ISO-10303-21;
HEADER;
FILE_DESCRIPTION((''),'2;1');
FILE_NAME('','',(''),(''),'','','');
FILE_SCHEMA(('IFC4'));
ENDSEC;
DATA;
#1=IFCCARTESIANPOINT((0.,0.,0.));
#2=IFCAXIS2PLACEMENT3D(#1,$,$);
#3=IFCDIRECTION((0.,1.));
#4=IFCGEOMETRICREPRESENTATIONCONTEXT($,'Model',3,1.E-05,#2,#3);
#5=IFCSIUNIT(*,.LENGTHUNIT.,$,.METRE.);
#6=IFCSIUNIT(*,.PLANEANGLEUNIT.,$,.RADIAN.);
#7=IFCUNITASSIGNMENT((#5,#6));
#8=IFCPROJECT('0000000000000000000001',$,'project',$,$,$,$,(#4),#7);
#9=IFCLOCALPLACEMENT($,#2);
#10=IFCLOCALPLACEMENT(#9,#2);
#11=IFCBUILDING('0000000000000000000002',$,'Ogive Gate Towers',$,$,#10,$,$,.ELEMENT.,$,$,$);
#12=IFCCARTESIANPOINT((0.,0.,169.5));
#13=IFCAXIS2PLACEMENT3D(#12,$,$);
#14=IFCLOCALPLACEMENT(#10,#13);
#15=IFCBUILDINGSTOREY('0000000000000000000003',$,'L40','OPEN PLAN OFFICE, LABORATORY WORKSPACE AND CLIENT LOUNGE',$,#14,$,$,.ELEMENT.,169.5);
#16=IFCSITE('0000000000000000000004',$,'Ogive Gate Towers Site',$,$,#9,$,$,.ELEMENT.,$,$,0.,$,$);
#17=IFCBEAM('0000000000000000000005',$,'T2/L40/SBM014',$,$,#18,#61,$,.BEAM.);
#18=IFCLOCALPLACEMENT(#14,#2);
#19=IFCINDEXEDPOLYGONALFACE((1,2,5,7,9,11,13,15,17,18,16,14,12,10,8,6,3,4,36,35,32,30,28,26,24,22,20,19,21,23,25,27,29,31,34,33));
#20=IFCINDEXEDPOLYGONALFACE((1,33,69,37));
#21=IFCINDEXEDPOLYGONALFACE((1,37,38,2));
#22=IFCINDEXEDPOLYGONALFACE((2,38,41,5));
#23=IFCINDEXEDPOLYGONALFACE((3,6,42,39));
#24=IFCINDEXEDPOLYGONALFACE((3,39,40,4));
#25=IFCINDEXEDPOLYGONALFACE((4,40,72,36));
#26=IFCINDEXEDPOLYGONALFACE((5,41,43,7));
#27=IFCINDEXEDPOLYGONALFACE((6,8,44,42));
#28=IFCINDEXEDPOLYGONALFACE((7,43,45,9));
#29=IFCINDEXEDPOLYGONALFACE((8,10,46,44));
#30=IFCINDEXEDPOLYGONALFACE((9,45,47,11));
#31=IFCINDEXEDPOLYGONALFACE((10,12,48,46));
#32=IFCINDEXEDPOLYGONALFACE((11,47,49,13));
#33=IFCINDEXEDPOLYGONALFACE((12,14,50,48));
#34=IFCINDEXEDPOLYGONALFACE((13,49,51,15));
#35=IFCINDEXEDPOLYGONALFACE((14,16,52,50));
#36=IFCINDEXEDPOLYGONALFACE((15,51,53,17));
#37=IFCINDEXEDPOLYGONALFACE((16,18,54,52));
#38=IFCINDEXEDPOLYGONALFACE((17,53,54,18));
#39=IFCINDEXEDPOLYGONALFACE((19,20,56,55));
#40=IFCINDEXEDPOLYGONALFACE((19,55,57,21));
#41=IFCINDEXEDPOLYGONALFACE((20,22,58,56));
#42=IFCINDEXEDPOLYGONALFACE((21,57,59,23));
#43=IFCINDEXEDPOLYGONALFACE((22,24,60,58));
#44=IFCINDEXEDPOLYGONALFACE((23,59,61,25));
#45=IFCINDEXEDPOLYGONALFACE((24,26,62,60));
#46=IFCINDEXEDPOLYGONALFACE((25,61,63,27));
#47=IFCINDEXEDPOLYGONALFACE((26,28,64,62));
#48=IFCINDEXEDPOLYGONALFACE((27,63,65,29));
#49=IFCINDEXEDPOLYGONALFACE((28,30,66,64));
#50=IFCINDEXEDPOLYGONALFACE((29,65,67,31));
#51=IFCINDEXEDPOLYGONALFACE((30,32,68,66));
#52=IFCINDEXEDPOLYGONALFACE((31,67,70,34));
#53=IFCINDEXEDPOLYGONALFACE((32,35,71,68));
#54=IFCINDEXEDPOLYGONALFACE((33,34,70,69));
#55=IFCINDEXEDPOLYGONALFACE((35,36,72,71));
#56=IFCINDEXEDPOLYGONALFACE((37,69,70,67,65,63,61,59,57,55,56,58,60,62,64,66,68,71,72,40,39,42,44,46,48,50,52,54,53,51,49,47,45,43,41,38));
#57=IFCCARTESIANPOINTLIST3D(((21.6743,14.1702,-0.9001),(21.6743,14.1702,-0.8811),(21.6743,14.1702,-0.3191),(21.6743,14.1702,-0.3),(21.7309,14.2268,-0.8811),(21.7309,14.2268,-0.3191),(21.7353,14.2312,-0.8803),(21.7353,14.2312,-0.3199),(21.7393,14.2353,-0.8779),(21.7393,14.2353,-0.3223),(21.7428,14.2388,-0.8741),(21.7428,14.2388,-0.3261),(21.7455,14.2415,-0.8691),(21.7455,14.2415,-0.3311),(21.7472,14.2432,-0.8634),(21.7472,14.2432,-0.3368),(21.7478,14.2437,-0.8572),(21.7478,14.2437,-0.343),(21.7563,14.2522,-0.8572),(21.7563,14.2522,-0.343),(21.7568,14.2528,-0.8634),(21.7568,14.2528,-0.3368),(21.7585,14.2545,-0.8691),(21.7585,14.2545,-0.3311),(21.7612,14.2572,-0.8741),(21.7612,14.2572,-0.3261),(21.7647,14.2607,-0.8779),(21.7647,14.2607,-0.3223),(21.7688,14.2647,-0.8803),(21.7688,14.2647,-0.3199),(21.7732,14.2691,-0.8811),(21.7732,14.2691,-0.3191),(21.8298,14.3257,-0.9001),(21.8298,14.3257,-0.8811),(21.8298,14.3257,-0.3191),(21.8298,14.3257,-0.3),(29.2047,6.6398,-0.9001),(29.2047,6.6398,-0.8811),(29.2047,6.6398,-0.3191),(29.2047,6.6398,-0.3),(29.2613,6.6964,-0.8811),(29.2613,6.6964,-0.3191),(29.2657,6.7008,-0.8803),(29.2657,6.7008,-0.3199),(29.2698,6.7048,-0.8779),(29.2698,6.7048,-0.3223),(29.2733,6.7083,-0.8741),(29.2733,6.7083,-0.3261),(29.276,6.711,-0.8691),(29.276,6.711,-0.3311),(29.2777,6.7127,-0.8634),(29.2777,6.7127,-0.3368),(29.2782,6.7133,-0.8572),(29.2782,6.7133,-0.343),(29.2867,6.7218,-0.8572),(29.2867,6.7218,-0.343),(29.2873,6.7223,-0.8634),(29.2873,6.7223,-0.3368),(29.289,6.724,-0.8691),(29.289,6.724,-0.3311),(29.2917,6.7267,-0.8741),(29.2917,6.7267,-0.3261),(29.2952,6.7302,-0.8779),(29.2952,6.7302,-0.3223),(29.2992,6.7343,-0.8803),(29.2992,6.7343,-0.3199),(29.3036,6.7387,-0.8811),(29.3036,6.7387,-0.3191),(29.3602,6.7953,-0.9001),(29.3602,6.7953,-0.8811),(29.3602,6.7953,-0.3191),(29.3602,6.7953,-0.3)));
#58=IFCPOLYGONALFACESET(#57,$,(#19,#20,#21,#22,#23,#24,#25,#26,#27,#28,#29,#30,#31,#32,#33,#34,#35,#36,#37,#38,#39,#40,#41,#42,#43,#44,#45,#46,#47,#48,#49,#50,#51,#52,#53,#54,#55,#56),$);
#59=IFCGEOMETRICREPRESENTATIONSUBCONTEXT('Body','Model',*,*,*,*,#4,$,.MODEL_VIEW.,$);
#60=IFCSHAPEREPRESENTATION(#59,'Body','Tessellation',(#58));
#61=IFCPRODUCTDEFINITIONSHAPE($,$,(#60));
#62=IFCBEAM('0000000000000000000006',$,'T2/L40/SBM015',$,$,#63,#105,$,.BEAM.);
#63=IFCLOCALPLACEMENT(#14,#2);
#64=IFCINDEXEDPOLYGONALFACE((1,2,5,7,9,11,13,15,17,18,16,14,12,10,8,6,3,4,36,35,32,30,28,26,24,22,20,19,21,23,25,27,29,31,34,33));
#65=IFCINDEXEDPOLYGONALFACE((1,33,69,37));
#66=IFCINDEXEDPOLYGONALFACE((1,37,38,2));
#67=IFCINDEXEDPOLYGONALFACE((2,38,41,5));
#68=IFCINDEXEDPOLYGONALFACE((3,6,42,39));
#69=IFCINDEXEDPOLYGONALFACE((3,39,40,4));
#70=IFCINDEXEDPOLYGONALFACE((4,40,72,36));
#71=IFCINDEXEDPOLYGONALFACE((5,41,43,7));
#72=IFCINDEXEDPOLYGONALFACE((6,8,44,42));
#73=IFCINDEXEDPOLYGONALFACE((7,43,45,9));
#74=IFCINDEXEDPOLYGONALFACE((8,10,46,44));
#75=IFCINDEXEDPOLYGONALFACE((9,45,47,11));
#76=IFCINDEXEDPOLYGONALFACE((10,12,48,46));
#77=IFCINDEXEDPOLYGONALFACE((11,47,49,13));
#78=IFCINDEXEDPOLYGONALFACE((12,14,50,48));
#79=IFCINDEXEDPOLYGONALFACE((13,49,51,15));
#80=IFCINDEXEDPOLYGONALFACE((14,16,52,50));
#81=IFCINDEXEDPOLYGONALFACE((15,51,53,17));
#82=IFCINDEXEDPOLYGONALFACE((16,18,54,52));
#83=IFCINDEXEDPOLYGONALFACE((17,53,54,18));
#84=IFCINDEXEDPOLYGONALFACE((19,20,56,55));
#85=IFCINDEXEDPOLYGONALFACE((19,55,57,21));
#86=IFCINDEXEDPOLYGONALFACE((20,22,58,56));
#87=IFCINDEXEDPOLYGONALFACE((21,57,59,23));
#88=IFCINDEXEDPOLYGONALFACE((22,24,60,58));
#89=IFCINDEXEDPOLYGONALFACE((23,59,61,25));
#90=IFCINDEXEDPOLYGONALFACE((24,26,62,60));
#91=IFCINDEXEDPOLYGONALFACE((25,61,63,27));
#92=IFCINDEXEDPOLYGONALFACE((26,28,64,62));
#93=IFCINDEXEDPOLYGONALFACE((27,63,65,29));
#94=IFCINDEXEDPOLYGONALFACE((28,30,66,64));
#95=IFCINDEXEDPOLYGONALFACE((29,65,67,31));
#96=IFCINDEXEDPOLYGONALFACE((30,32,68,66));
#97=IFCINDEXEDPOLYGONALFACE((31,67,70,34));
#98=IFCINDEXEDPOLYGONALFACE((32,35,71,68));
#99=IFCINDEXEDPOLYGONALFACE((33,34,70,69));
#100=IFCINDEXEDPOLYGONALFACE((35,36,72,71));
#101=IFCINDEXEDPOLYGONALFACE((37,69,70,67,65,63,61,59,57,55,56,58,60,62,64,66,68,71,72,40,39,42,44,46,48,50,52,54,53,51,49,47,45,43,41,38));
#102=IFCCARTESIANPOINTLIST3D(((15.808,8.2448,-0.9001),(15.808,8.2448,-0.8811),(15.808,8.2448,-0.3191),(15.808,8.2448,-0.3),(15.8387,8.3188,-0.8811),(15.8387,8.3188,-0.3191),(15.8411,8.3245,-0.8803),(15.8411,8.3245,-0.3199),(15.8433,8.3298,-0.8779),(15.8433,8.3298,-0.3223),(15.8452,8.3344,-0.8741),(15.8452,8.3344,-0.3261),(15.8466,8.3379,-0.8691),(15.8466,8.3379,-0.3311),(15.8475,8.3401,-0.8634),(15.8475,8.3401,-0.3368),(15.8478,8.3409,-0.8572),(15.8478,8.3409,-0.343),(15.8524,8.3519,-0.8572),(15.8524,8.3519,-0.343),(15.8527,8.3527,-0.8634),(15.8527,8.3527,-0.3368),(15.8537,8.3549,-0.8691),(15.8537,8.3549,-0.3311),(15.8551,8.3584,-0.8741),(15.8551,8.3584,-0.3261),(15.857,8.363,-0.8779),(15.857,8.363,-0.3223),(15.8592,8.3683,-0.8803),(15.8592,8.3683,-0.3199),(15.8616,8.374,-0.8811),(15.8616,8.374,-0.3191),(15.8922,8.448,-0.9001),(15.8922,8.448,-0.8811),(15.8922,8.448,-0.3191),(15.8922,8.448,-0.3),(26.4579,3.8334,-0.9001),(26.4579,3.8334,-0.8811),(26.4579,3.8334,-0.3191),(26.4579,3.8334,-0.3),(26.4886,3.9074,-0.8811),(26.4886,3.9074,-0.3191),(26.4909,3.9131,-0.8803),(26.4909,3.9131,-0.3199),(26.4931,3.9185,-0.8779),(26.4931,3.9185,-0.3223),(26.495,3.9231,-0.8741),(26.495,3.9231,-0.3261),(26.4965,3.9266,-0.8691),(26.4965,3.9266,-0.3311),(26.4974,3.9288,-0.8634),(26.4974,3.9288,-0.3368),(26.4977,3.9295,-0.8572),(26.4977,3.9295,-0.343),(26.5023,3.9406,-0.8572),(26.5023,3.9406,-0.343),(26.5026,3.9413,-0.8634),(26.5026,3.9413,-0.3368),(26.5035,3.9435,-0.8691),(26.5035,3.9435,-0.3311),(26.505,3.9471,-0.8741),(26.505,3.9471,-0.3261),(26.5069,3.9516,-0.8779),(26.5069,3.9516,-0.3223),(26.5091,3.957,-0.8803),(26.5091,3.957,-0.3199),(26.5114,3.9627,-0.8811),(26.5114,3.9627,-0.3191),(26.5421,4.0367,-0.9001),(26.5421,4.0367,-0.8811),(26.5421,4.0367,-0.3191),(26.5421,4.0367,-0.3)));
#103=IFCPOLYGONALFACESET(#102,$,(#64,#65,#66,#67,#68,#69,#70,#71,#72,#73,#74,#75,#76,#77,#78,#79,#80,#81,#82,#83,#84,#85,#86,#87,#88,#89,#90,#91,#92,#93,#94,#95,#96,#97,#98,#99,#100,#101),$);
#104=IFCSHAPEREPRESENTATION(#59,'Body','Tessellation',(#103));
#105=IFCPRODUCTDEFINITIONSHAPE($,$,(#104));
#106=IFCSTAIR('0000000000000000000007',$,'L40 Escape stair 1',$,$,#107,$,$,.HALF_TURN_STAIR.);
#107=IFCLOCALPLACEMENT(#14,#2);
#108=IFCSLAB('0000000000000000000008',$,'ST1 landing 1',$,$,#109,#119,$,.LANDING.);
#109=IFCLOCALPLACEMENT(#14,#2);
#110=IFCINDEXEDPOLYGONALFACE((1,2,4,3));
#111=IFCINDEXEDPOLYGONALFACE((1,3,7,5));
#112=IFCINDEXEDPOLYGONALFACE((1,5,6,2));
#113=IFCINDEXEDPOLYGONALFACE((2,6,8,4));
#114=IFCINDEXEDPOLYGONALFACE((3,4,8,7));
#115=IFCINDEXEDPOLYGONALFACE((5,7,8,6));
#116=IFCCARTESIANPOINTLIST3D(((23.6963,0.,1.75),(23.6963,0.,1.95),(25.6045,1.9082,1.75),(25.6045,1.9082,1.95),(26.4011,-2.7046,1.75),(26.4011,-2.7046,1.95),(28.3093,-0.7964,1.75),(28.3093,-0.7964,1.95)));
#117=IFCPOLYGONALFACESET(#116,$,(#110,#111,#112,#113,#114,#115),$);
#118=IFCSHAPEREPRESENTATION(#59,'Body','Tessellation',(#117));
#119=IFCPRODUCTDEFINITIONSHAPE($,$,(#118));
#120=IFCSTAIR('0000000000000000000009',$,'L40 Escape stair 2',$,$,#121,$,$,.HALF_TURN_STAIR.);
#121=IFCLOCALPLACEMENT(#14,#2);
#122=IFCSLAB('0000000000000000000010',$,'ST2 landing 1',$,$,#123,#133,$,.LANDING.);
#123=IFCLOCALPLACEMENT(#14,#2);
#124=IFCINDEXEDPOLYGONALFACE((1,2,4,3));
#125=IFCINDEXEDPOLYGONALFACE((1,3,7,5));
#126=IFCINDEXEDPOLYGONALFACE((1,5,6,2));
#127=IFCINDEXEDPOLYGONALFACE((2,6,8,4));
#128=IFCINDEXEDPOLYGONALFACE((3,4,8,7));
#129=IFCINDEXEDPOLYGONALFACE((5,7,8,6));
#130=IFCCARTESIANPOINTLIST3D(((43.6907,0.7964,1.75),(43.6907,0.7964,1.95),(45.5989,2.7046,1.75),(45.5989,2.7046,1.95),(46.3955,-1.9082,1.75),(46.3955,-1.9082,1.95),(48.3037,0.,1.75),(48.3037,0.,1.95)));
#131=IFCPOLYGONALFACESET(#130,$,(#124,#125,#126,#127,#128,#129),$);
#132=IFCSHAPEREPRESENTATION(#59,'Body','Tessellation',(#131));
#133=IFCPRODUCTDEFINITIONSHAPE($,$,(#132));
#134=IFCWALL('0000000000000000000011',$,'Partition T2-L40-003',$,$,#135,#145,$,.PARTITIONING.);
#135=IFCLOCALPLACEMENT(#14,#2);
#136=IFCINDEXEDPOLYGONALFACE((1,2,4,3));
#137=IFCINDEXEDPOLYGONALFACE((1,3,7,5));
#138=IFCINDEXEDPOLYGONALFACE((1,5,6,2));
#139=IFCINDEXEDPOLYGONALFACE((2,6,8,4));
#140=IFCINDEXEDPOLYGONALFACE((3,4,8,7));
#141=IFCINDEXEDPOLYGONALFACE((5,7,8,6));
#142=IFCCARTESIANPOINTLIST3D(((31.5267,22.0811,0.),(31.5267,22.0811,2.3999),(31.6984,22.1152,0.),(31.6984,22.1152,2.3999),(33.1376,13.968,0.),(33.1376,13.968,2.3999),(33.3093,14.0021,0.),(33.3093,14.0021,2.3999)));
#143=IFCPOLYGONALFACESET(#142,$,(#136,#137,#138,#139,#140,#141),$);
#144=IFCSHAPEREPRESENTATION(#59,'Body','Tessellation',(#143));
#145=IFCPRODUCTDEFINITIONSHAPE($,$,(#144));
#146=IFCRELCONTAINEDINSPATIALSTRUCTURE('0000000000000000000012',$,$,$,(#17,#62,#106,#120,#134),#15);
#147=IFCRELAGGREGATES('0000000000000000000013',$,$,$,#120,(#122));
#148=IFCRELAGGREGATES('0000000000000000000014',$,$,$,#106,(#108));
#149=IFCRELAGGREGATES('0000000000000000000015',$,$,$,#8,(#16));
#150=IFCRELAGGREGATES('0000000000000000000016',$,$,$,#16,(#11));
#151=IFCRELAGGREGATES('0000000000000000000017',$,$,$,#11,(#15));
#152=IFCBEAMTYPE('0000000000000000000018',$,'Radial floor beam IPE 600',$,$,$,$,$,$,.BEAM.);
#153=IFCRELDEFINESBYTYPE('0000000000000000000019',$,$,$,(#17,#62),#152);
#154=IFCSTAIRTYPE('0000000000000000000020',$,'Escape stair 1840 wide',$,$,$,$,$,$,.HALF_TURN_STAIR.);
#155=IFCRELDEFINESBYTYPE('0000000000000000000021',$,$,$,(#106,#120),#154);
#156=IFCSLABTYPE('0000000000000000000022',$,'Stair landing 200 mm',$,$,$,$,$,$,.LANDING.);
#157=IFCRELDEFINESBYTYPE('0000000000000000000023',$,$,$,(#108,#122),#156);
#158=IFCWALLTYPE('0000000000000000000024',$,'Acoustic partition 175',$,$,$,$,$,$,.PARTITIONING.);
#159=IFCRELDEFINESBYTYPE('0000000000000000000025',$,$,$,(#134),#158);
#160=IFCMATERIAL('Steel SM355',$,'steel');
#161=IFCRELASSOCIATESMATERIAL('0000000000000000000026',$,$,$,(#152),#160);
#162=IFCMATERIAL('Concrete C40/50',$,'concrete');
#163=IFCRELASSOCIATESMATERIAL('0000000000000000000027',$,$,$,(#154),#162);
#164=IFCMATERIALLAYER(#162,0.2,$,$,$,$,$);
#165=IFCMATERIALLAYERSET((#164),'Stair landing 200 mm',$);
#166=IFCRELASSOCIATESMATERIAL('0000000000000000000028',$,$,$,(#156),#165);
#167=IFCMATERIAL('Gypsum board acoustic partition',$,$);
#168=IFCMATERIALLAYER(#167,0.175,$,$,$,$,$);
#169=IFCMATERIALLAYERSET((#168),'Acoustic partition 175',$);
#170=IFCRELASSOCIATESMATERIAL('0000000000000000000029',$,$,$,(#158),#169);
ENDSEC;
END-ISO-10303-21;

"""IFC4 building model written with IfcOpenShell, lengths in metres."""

from ifc_helpers import new_model, si_unit, direction, frame, frame_2d, origin, origin_2d, place, context, subcontext, project, spatial, polyline, rectangle, i_section, outline, extrude, material, layer, layer_set, material_profile, profile_set, type_object, element, aggregate, save


model = new_model("IFC4")

# Units and contexts
model_context = context("Model", 3, precision=1e-05, world=origin(), true_north=direction((0.0, 1.0)))
body_context = subcontext(model_context, "Body", "Model", "MODEL_VIEW")
ifc_project = project(units=[si_unit("LENGTHUNIT", "METRE"), si_unit("PLANEANGLEUNIT", "RADIAN")], contexts=[model_context])

# Site, building, storey
site_placement = place(None, origin())
site = spatial("IfcSite", under=ifc_project, at=site_placement, Name="Ogive Gate Towers Site", CompositionType="ELEMENT", RefElevation=0.0)
building_placement = place(site_placement, origin())
building = spatial("IfcBuilding", under=site, at=building_placement, Name="Ogive Gate Towers", CompositionType="ELEMENT")
storey_placement = place(building_placement, frame((0.0, 0.0, 169.5)))
storey = spatial("IfcBuildingStorey", under=building, at=storey_placement, Name="L40", Description="OPEN PLAN OFFICE, LABORATORY WORKSPACE AND CLIENT LOUNGE", CompositionType="ELEMENT", Elevation=169.5)

# Beams
ifc_material_1 = material(Name="Concrete C40/50", Category="concrete")
ifc_material_2 = material(Name="Steel SM355", Category="steel")
ifc_material_profile_1 = material_profile(ifc_material_2, i_section(OverallWidth=0.22, OverallDepth=0.6001, WebThickness=0.012, FlangeThickness=0.019, FilletRadius=0.0239, at=origin_2d()), Name="IPE 600")
ifc_profile_set_1 = profile_set([ifc_material_profile_1], Name="Steel SM355")
beam_type_1 = type_object("IfcBeamType", Name="Radial floor beam IPE 600", PredefinedType="BEAM", material=ifc_profile_set_1)
beam_1_placement = place(storey_placement, frame((29.2825, 6.7175, -0.6001), z_axis=(-0.707107, 0.707107, 0.0), x_axis=(-0.707107, -0.707107, 0.0)))
element("IfcBeam", 1, at=beam_1_placement, inside=storey, type_object=beam_type_1, Name="T2/L40/SBM014", PredefinedType="BEAM", context=body_context, shape_type="SweptSolid", body=[
    extrude(i_section(OverallWidth=0.22, OverallDepth=0.6001, WebThickness=0.012, FlangeThickness=0.019, FilletRadius=0.0239, at=origin_2d()), origin(), (0.0, 0.0, 1.0), 10.6497),
])
beam_2_placement = place(storey_placement, frame((26.5, 3.9351, -0.6001), z_axis=(-0.923878, 0.382687, 0.0), x_axis=(-0.382687, -0.923878, 0.0)))
element("IfcBeam", 2, at=beam_2_placement, inside=storey, type_object=beam_type_1, Name="T2/L40/SBM015", PredefinedType="BEAM", context=body_context, shape_type="SweptSolid", body=[
    extrude(i_section(OverallWidth=0.22, OverallDepth=0.6001, WebThickness=0.012, FlangeThickness=0.019, FilletRadius=0.0239, at=origin_2d()), origin(), (0.0, 0.0, 1.0), 11.5273),
])

# Stairs, slabs
stair_type = type_object("IfcStairType", Name="Escape stair 1840 wide", PredefinedType="HALF_TURN_STAIR", material=ifc_material_1)
stair_1_placement = place(storey_placement, origin())
stair_1 = element("IfcStair", 3, at=stair_1_placement, inside=storey, type_object=stair_type, Name="L40 Escape stair 1", PredefinedType="HALF_TURN_STAIR")
ifc_layer_1 = layer(ifc_material_1, 0.2)
ifc_layer_set_1 = layer_set([ifc_layer_1], Name="Stair landing 200 mm")
slab_type = type_object("IfcSlabType", Name="Stair landing 200 mm", PredefinedType="LANDING", material=ifc_layer_set_1)
slab_1_placement = place(storey_placement, frame((0.0, 0.0, 1.75)))
slab_1 = element("IfcSlab", 4, at=slab_1_placement, type_object=slab_type, Name="ST1 landing 1", PredefinedType="LANDING", context=body_context, shape_type="SweptSolid", body=[
    extrude(outline(polyline([(25.6045, 1.9082), (23.6963, 0.0), (26.4011, -2.7046), (28.3093, -0.7964), (25.6045, 1.9082)])), origin(), (0.0, 0.0, 1.0), 0.2),
])
stair_2_placement = place(storey_placement, origin())
stair_2 = element("IfcStair", 5, at=stair_2_placement, inside=storey, type_object=stair_type, Name="L40 Escape stair 2", PredefinedType="HALF_TURN_STAIR")
slab_2_placement = place(storey_placement, frame((0.0, 0.0, 1.75)))
slab_2 = element("IfcSlab", 6, at=slab_2_placement, type_object=slab_type, Name="ST2 landing 1", PredefinedType="LANDING", context=body_context, shape_type="SweptSolid", body=[
    extrude(outline(polyline([(46.3955, -1.9082), (48.3037, 0.0), (45.5989, 2.7046), (43.6907, 0.7964), (46.3955, -1.9082)])), origin(), (0.0, 0.0, 1.0), 0.2),
])
aggregate(stair_2, [slab_2])

# Wall
ifc_material_3 = material(Name="Gypsum board acoustic partition")
ifc_layer_2 = layer(ifc_material_3, 0.175)
ifc_layer_set_2 = layer_set([ifc_layer_2], Name="Acoustic partition 175")
wall_type_1 = type_object("IfcWallType", Name="Acoustic partition 175", PredefinedType="PARTITIONING", material=ifc_layer_set_2)
wall_1_placement = place(storey_placement, frame((31.6125, 22.0981, 0.0), z_axis=(0.0, 0.0, 1.0), x_axis=(0.194748, -0.980853, 0.0)))
element("IfcWall", 7, at=wall_1_placement, inside=storey, type_object=wall_type_1, Name="Partition T2-L40-003", PredefinedType="PARTITIONING", context=body_context, shape_type="SweptSolid", body=[
    extrude(rectangle(XDim=8.2715, YDim=0.175, at=frame_2d((4.1357, 0.0))), origin(), (0.0, 0.0, 1.0), 2.3999),
])

aggregate(stair_1, [slab_1])

save(model, "model.ifc")
